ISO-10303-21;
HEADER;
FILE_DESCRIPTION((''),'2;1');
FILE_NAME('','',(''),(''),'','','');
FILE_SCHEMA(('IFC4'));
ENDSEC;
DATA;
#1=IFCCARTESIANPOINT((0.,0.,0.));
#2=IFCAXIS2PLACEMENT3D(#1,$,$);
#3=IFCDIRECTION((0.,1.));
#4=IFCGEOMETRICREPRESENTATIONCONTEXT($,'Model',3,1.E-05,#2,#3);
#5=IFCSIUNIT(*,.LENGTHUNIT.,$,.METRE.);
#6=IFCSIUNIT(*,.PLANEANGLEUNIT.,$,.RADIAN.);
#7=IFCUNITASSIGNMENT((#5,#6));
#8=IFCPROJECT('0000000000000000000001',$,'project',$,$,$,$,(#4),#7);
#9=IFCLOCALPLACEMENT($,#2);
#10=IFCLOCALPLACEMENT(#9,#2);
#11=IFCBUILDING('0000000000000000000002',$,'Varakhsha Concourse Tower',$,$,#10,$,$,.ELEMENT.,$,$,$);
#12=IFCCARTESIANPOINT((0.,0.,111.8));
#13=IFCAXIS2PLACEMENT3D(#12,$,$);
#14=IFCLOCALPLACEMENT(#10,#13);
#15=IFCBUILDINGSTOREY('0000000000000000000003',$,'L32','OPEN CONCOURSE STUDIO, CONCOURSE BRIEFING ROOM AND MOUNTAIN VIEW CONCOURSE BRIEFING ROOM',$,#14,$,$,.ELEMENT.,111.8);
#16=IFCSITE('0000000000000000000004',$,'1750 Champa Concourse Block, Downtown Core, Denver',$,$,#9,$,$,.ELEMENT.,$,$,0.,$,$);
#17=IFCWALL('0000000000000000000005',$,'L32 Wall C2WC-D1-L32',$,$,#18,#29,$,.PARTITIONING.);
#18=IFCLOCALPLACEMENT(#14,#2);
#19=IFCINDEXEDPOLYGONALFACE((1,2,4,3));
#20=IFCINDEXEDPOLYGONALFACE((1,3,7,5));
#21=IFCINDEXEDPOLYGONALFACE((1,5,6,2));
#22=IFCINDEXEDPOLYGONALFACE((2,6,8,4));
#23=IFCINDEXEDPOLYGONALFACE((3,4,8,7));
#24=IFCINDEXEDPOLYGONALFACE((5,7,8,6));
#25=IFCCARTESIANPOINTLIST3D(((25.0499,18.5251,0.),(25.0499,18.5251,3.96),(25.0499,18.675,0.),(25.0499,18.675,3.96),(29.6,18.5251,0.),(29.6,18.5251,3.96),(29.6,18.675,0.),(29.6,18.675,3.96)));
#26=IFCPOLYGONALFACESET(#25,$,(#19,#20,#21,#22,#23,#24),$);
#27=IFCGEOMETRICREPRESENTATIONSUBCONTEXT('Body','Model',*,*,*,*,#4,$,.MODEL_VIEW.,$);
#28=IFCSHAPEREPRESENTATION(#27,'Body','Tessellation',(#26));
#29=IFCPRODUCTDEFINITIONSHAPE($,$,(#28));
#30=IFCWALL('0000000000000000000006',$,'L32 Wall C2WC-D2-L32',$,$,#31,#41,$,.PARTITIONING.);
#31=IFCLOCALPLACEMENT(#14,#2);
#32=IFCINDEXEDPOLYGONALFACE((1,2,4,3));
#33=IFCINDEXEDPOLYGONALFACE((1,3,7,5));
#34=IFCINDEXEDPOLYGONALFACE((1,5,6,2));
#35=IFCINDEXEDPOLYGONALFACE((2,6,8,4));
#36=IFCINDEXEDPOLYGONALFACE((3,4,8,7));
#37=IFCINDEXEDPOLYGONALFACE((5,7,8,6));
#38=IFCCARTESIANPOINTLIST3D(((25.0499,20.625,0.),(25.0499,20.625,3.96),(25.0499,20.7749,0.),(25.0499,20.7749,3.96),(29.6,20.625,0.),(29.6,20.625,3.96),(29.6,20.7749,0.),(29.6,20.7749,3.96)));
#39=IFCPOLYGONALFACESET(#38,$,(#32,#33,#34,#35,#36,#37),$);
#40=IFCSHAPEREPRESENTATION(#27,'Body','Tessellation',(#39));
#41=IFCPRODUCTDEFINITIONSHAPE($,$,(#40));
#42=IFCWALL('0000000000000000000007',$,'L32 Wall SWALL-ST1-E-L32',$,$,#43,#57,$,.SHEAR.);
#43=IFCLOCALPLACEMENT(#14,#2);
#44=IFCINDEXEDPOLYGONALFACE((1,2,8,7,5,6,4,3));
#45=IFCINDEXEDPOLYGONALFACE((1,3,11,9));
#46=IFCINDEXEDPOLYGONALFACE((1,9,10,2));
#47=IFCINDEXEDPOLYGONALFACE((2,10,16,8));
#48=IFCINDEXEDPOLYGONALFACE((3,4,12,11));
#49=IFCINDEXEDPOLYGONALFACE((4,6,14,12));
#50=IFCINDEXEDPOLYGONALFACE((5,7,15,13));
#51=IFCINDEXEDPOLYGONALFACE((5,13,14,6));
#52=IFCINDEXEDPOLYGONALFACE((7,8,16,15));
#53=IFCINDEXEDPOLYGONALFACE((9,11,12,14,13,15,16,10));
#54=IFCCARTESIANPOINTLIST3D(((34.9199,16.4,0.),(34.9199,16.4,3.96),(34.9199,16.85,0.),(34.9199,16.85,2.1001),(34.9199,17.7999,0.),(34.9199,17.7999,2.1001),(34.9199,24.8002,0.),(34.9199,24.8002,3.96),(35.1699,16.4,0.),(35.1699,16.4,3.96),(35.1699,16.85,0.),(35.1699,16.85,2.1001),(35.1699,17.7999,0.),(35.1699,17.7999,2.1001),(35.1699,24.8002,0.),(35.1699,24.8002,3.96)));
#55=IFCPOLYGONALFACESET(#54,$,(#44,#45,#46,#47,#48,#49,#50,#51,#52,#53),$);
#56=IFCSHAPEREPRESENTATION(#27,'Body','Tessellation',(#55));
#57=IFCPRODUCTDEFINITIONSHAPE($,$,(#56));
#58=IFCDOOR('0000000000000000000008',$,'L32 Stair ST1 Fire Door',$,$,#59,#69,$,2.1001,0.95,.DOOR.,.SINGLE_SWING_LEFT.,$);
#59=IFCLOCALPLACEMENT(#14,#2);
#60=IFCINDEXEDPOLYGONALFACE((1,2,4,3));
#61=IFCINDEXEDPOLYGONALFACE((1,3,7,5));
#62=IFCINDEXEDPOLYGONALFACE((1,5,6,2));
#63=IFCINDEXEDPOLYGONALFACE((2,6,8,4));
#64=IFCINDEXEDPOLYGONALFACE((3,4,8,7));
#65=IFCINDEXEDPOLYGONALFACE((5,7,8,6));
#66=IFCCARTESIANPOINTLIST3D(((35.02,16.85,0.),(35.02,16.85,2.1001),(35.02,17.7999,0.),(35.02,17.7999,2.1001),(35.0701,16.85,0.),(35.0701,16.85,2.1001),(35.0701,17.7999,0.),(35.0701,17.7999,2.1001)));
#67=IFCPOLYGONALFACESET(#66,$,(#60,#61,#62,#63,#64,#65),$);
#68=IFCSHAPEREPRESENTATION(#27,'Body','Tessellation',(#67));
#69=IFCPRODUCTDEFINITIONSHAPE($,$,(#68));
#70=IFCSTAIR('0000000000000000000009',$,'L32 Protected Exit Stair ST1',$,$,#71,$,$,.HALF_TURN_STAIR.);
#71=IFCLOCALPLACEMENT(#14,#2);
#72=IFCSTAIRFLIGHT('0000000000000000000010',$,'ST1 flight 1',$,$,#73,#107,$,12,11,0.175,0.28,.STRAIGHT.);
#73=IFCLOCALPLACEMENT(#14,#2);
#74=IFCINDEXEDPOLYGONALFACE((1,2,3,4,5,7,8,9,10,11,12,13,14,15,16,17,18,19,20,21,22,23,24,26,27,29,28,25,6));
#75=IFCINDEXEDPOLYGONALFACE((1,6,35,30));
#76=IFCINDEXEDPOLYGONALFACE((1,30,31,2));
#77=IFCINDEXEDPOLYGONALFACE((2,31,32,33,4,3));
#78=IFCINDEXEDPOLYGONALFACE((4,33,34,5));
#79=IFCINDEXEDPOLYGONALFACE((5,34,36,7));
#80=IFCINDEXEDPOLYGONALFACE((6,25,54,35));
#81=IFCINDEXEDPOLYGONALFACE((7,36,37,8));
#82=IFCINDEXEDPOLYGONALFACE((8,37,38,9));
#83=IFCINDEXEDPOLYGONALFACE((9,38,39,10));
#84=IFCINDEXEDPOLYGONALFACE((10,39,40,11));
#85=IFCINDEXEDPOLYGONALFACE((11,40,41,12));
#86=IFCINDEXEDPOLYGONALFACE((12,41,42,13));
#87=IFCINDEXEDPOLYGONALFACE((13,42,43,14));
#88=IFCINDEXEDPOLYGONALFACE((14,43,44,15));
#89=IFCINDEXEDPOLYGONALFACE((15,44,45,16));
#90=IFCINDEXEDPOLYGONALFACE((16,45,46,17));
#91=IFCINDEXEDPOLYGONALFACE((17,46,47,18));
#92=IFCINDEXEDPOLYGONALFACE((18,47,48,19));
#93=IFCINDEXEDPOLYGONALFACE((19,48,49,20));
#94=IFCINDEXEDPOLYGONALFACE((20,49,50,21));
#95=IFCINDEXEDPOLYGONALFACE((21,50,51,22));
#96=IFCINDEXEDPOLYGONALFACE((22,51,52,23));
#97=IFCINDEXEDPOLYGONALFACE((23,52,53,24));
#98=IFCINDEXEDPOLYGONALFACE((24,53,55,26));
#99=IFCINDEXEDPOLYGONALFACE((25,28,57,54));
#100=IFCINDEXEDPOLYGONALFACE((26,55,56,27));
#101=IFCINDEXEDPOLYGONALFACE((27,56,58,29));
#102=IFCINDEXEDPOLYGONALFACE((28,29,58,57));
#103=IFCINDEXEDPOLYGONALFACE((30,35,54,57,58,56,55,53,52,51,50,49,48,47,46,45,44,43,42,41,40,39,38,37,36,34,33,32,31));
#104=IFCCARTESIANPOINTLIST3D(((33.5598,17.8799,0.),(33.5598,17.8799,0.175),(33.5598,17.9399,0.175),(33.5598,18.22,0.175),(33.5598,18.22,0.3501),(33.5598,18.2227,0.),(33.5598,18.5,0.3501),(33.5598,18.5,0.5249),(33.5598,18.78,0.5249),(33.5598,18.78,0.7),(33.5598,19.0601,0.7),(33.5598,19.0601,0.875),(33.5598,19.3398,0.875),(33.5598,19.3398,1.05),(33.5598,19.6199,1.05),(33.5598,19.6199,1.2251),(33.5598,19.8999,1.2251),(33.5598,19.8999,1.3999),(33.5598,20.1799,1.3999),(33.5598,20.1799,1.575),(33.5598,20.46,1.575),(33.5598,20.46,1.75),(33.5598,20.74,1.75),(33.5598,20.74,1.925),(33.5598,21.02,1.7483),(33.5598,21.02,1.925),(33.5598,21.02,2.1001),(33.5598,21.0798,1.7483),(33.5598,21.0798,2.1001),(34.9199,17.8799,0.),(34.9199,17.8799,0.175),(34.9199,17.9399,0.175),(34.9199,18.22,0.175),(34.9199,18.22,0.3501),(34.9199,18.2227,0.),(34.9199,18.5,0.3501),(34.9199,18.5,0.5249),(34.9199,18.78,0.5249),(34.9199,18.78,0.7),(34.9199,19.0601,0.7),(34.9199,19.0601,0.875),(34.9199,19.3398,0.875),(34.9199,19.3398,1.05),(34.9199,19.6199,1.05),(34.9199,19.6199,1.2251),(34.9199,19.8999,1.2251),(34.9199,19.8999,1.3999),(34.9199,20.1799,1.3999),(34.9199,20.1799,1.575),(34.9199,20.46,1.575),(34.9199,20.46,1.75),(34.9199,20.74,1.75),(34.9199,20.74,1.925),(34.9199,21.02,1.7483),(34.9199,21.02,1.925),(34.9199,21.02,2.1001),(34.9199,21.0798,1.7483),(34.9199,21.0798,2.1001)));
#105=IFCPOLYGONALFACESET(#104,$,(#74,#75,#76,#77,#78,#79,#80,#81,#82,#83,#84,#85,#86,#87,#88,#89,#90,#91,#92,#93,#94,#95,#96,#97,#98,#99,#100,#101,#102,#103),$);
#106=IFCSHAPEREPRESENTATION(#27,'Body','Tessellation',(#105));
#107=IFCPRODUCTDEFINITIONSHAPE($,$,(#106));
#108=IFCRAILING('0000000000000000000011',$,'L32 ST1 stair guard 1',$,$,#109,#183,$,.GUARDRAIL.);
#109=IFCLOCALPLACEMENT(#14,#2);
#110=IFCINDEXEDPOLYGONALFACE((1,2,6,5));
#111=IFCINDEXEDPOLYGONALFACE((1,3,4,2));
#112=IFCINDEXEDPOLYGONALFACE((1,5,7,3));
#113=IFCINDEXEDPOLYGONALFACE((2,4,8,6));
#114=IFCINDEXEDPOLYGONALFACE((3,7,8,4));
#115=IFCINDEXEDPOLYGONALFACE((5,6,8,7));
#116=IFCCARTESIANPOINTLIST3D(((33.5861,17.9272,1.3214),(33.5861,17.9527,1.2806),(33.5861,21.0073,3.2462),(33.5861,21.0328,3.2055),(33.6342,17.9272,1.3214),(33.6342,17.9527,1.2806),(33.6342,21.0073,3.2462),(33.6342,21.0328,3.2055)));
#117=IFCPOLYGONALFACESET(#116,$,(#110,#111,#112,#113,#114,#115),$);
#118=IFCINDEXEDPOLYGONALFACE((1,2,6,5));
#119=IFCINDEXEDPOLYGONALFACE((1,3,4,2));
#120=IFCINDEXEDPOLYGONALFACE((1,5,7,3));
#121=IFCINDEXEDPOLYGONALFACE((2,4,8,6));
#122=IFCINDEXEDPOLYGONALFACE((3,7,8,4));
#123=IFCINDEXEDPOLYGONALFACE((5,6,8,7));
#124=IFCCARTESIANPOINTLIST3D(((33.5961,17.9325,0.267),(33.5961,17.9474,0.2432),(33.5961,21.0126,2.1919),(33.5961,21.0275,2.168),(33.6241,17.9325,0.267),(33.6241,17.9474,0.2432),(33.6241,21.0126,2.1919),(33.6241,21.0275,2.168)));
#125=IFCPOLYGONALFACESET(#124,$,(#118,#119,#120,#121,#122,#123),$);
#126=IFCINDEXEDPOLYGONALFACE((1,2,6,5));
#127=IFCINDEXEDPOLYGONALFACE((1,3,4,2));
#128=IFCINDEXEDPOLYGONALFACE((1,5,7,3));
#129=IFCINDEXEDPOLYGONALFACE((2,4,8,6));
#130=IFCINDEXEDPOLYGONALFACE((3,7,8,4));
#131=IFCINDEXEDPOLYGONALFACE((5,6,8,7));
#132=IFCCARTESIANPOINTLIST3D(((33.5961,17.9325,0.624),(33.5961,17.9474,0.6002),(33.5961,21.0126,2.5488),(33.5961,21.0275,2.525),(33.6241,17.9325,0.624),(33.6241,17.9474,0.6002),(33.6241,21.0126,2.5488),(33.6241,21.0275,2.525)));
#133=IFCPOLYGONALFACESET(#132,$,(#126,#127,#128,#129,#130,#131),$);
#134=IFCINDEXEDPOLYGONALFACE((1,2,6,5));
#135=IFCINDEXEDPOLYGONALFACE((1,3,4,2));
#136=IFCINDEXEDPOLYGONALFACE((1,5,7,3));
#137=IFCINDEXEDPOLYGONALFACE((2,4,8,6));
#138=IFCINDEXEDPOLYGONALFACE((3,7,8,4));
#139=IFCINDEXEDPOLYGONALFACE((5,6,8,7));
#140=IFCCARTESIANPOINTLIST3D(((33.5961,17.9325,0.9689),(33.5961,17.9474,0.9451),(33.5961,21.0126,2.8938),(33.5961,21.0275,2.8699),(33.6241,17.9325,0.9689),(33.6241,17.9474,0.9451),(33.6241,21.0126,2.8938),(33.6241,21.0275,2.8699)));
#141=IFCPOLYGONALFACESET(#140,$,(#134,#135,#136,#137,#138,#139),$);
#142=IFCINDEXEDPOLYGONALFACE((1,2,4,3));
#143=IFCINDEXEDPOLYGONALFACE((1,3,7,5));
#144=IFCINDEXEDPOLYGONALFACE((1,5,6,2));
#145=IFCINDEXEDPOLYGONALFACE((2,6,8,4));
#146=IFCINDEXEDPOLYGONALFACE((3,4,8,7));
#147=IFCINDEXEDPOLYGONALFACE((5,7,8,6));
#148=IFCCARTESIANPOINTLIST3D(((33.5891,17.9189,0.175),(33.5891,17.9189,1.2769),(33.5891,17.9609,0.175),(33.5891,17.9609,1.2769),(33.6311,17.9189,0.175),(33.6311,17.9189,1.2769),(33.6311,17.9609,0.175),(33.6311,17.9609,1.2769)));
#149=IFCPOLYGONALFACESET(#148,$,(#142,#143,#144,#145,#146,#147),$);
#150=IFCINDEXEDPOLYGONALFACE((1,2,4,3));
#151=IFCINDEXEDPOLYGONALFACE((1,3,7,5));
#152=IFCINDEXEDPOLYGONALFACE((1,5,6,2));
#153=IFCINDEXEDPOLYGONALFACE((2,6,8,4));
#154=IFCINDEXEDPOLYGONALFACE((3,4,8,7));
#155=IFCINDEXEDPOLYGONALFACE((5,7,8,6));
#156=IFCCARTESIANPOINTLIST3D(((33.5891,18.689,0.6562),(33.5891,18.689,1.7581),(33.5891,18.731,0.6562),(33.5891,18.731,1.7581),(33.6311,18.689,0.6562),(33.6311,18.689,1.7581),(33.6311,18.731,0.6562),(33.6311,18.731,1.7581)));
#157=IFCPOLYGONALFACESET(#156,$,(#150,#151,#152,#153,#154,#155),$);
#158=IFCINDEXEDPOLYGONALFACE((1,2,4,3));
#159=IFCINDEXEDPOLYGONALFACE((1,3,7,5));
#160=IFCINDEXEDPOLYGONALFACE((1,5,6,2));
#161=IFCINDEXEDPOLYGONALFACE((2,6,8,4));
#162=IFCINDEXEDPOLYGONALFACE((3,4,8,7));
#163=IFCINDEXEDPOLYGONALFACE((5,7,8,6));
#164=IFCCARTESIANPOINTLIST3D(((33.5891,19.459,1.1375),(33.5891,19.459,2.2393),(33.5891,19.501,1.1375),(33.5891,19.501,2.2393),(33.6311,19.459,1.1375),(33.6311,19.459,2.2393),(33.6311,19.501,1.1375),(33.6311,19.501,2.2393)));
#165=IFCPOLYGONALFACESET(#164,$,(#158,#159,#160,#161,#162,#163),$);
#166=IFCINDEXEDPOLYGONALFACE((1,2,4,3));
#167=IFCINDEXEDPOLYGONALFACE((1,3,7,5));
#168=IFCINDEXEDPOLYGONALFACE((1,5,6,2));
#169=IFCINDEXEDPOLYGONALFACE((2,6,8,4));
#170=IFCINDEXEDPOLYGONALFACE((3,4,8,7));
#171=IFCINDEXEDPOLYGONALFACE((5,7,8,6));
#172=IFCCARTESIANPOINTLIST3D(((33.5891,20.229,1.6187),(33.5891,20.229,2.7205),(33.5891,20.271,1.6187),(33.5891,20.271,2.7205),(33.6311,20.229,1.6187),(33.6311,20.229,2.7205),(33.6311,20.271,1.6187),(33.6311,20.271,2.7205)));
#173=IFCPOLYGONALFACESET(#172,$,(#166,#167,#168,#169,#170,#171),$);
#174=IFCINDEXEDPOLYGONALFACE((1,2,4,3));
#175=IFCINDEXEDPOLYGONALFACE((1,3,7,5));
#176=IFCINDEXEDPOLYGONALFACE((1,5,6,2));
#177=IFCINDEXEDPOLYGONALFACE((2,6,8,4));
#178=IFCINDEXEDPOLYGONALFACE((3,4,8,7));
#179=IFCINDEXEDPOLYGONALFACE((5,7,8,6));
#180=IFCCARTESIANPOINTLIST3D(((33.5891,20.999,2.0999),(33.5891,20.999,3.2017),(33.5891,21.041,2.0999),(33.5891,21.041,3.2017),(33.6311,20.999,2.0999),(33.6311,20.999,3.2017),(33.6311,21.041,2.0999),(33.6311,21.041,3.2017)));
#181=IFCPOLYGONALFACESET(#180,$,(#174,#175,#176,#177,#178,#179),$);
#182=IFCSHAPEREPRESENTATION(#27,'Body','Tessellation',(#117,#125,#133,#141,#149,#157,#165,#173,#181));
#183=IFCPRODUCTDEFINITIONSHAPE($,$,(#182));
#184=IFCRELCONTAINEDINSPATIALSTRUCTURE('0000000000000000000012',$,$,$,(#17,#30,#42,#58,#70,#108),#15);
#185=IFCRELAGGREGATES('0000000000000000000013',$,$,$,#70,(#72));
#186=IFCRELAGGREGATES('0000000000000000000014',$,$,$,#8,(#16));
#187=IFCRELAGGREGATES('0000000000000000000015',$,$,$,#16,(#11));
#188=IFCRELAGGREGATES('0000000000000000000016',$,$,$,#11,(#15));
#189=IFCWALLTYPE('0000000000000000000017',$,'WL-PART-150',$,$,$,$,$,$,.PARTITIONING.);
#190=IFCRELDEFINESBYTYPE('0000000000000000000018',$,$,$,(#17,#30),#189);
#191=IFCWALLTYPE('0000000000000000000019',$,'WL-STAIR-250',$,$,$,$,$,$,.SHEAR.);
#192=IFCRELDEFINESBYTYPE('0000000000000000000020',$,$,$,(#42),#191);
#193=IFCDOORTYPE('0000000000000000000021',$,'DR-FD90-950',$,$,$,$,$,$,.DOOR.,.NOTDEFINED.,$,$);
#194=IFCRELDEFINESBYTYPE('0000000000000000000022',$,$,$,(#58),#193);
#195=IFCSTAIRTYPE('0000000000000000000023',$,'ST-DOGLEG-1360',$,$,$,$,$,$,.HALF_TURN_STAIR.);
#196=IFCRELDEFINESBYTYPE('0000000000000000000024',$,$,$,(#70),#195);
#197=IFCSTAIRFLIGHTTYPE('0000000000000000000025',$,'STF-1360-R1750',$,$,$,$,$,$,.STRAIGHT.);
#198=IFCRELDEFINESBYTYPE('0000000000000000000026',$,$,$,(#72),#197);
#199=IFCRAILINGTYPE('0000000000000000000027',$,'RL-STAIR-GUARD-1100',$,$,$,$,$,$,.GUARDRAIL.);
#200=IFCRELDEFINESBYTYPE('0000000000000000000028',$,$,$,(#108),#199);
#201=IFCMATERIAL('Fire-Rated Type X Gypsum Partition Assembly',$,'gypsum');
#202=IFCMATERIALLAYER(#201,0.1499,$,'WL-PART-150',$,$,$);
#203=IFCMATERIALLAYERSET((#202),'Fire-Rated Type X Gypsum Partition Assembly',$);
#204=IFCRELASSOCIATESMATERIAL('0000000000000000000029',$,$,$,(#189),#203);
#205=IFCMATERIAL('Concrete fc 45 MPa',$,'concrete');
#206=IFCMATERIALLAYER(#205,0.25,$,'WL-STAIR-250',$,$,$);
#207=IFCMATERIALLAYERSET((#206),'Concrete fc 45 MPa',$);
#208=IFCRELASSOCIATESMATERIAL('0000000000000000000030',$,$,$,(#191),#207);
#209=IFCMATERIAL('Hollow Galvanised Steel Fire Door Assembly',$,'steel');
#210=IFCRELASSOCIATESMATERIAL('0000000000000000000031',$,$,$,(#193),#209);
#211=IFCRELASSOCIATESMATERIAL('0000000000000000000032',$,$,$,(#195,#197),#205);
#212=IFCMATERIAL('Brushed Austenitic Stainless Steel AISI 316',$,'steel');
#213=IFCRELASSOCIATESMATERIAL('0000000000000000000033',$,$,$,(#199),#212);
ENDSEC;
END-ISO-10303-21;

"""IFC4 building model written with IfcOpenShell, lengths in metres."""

from ifc_helpers import new_model, si_unit, direction, frame, frame_2d, origin, origin_2d, place, context, subcontext, project, spatial, polyline, rectangle, outline, extrude, material, layer, layer_set, type_object, element, fill, aggregate, save


model = new_model("IFC4")

# Units and contexts
model_context = context("Model", 3, precision=1e-05, world=origin(), true_north=direction((0.0, 1.0)))
body_context = subcontext(model_context, "Body", "Model", "MODEL_VIEW")
ifc_project = project(units=[si_unit("LENGTHUNIT", "METRE"), si_unit("PLANEANGLEUNIT", "RADIAN")], contexts=[model_context])

# Site, building, storey
site_placement = place(None, origin())
site = spatial("IfcSite", under=ifc_project, at=site_placement, Name="1750 Champa Concourse Block, Downtown Core, Denver", CompositionType="ELEMENT", RefElevation=0.0)
building_placement = place(site_placement, origin())
building = spatial("IfcBuilding", under=site, at=building_placement, Name="Varakhsha Concourse Tower", CompositionType="ELEMENT")
storey_placement = place(building_placement, frame((0.0, 0.0, 111.8)))
storey = spatial("IfcBuildingStorey", under=building, at=storey_placement, Name="L32", Description="OPEN CONCOURSE STUDIO, CONCOURSE BRIEFING ROOM AND MOUNTAIN VIEW CONCOURSE BRIEFING ROOM", CompositionType="ELEMENT", Elevation=111.8)

# Shared definitions
ifc_material_1 = material(Name="Hollow Galvanised Steel Fire Door Assembly", Category="steel")

# Shared definitions
ifc_material_2 = material(Name="Fire-Rated Type X Gypsum Partition Assembly", Category="gypsum")
ifc_layer_1 = layer(ifc_material_2, 0.1499, Name="WL-PART-150")
ifc_layer_set_1 = layer_set([ifc_layer_1], Name="Fire-Rated Type X Gypsum Partition Assembly")
wall_type_1 = type_object("IfcWallType", Name="WL-PART-150", PredefinedType="PARTITIONING", material=ifc_layer_set_1)

# Walls
for number, where, z_axis, x_axis, name in (
    (1, (25.05, 18.6001, 0.0), (0.0, 0.0, 1.0), (1.0, 0.0, 0.0), "L32 Wall C2WC-D1-L32"),
    (2, (25.05, 20.7, 0.0), (0.0, 0.0, 1.0), (1.0, 0.0, 0.0), "L32 Wall C2WC-D2-L32"),
):
    element("IfcWall", number, at=place(storey_placement, frame(where, z_axis=z_axis, x_axis=x_axis)), inside=storey, type_object=wall_type_1, Name=name, PredefinedType="PARTITIONING", context=body_context, shape_type="SweptSolid", body=[
        extrude(rectangle(XDim=4.55, YDim=0.1499, at=frame_2d((2.2749, 0.0))), origin(), (0.0, 0.0, 1.0), 3.96),
    ])

# Wall, opening, door
ifc_material_3 = material(Name="Concrete fc 45 MPa", Category="concrete")
ifc_layer_2 = layer(ifc_material_3, 0.25, Name="WL-STAIR-250")
ifc_layer_set_2 = layer_set([ifc_layer_2], Name="Concrete fc 45 MPa")
wall_type_2 = type_object("IfcWallType", Name="WL-STAIR-250", PredefinedType="SHEAR", material=ifc_layer_set_2)
wall_1_placement = place(storey_placement, frame((35.0449, 16.3999, 0.0), z_axis=(0.0, 0.0, 1.0), x_axis=(0.0, 1.0, 0.0)))
wall_1 = element("IfcWall", 3, at=wall_1_placement, inside=storey, type_object=wall_type_2, Name="L32 Wall SWALL-ST1-E-L32", PredefinedType="SHEAR", context=body_context, shape_type="SweptSolid", body=[
    extrude(rectangle(XDim=8.4001, YDim=0.25, at=frame_2d((4.2002, 0.0))), origin(), (0.0, 0.0, 1.0), 3.96),
])
opening_1_placement = place(wall_1_placement, frame((0.45, 0.0, 0.0)))
opening_1 = element("IfcOpeningElement", 4, at=opening_1_placement, cuts=wall_1, PredefinedType="OPENING", context=body_context, shape_type="SweptSolid", body=[
    extrude(rectangle(XDim=0.95, YDim=2.1001, at=frame_2d((0.4751, 1.05))), frame((0.0, 0.135, 0.0), z_axis=(0.0, -1.0, 0.0), x_axis=(1.0, 0.0, 0.0)), (0.0, 0.0, 1.0), 0.27),
])
door_type_1 = type_object("IfcDoorType", Name="DR-FD90-950", OperationType="NOTDEFINED", PredefinedType="DOOR", material=ifc_material_1)
door_1_placement = place(opening_1_placement, origin())
door_1 = element("IfcDoor", 5, at=door_1_placement, inside=storey, type_object=door_type_1, Name="L32 Stair ST1 Fire Door", OperationType="SINGLE_SWING_LEFT", OverallHeight=2.1001, OverallWidth=0.95, PredefinedType="DOOR", context=body_context, shape_type="SweptSolid", body=[
    extrude(rectangle(XDim=0.95, YDim=2.1001, at=frame_2d((0.4751, 1.05))), frame((0.0, 0.0249, 0.0), z_axis=(0.0, -1.0, 0.0), x_axis=(1.0, 0.0, 0.0)), (0.0, 0.0, 1.0), 0.05),
])
fill(opening_1, door_1)

# Stair, stair flight
stair_type = type_object("IfcStairType", Name="ST-DOGLEG-1360", PredefinedType="HALF_TURN_STAIR", material=ifc_material_3)
stair_placement = place(storey_placement, origin())
stair = element("IfcStair", 6, at=stair_placement, inside=storey, type_object=stair_type, Name="L32 Protected Exit Stair ST1", PredefinedType="HALF_TURN_STAIR")
stair_flight_type = type_object("IfcStairFlightType", Name="STF-1360-R1750", PredefinedType="STRAIGHT", material=ifc_material_3)
stair_flight_placement = place(storey_placement, frame((34.24, 17.9399, 0.0), z_axis=(0.0, 0.0, 1.0), x_axis=(0.0, 1.0, 0.0)))
stair_flight = element("IfcStairFlight", 7, at=stair_flight_placement, type_object=stair_flight_type, Name="ST1 flight 1", NumberOfRisers=12, NumberOfTreads=11, PredefinedType="STRAIGHT", RiserHeight=0.175, TreadLength=0.28, context=body_context, shape_type="SweptSolid", body=[
    extrude(outline(polyline([(-0.0601, 0.0), (-0.0601, 0.175), (0.0, 0.175), (0.28, 0.175), (0.28, 0.3501), (0.5601, 0.3501), (0.5601, 0.5249), (0.8401, 0.5249), (0.8401, 0.7), (1.1201, 0.7), (1.1201, 0.875), (1.3999, 0.875), (1.3999, 1.05), (1.6799, 1.05), (1.6799, 1.2251), (1.96, 1.2251), (1.96, 1.3999), (2.24, 1.3999), (2.24, 1.575), (2.52, 1.575), (2.52, 1.75), (2.8, 1.75), (2.8, 1.925), (3.0801, 1.925), (3.0801, 2.1001), (3.1399, 2.1001), (3.1399, 1.7483), (3.0801, 1.7483), (0.2827, 0.0), (-0.0601, 0.0)])), frame((0.0, 0.6802, 0.0), z_axis=(0.0, -1.0, 0.0), x_axis=(1.0, 0.0, 0.0)), (0.0, 0.0, 1.0), 1.3601),
])
aggregate(stair, [stair_flight])

# Railing
ifc_material_4 = material(Name="Brushed Austenitic Stainless Steel AISI 316", Category="steel")
railing_type_1 = type_object("IfcRailingType", Name="RL-STAIR-GUARD-1100", PredefinedType="GUARDRAIL", material=ifc_material_4)
railing_1_placement = place(storey_placement, frame((33.6101, 17.9399, 0.175)))
element("IfcRailing", 8, at=railing_1_placement, inside=storey, type_object=railing_type_1, Name="L32 ST1 stair guard 1", PredefinedType="GUARDRAIL", context=body_context, shape_type="SweptSolid", body=[
    extrude(rectangle(XDim=0.0481, YDim=0.0481, at=origin_2d()), frame((0.0, 0.0, 1.126), z_axis=(0.0, 0.848029, 0.529951), x_axis=(-1.0, 0.0, 0.0)), (0.0, 0.0, 1.0), 3.6321),
    extrude(rectangle(XDim=0.0281, YDim=0.0281, at=origin_2d()), frame((0.0, 0.0, 0.0801), z_axis=(0.0, 0.848029, 0.529951), x_axis=(-1.0, 0.0, 0.0)), (0.0, 0.0, 1.0), 3.6321),
    extrude(rectangle(XDim=0.0281, YDim=0.0281, at=origin_2d()), frame((0.0, 0.0, 0.437), z_axis=(0.0, 0.848029, 0.529951), x_axis=(-1.0, 0.0, 0.0)), (0.0, 0.0, 1.0), 3.6321),
    extrude(rectangle(XDim=0.0281, YDim=0.0281, at=origin_2d()), frame((0.0, 0.0, 0.782), z_axis=(0.0, 0.848029, 0.529951), x_axis=(-1.0, 0.0, 0.0)), (0.0, 0.0, 1.0), 3.6321),
    extrude(rectangle(XDim=0.042, YDim=0.042, at=origin_2d()), origin(), (0.0, 0.0, 1.0), 1.1018),
    extrude(rectangle(XDim=0.042, YDim=0.042, at=origin_2d()), frame((0.0, 0.77, 0.4812)), (0.0, 0.0, 1.0), 1.1018),
    extrude(rectangle(XDim=0.042, YDim=0.042, at=origin_2d()), frame((0.0, 1.54, 0.9624)), (0.0, 0.0, 1.0), 1.1018),
    extrude(rectangle(XDim=0.042, YDim=0.042, at=origin_2d()), frame((0.0, 2.3101, 1.4436)), (0.0, 0.0, 1.0), 1.1018),
    extrude(rectangle(XDim=0.042, YDim=0.042, at=origin_2d()), frame((0.0, 3.0801, 1.9248)), (0.0, 0.0, 1.0), 1.1018),
])

save(model, "model.ifc")
